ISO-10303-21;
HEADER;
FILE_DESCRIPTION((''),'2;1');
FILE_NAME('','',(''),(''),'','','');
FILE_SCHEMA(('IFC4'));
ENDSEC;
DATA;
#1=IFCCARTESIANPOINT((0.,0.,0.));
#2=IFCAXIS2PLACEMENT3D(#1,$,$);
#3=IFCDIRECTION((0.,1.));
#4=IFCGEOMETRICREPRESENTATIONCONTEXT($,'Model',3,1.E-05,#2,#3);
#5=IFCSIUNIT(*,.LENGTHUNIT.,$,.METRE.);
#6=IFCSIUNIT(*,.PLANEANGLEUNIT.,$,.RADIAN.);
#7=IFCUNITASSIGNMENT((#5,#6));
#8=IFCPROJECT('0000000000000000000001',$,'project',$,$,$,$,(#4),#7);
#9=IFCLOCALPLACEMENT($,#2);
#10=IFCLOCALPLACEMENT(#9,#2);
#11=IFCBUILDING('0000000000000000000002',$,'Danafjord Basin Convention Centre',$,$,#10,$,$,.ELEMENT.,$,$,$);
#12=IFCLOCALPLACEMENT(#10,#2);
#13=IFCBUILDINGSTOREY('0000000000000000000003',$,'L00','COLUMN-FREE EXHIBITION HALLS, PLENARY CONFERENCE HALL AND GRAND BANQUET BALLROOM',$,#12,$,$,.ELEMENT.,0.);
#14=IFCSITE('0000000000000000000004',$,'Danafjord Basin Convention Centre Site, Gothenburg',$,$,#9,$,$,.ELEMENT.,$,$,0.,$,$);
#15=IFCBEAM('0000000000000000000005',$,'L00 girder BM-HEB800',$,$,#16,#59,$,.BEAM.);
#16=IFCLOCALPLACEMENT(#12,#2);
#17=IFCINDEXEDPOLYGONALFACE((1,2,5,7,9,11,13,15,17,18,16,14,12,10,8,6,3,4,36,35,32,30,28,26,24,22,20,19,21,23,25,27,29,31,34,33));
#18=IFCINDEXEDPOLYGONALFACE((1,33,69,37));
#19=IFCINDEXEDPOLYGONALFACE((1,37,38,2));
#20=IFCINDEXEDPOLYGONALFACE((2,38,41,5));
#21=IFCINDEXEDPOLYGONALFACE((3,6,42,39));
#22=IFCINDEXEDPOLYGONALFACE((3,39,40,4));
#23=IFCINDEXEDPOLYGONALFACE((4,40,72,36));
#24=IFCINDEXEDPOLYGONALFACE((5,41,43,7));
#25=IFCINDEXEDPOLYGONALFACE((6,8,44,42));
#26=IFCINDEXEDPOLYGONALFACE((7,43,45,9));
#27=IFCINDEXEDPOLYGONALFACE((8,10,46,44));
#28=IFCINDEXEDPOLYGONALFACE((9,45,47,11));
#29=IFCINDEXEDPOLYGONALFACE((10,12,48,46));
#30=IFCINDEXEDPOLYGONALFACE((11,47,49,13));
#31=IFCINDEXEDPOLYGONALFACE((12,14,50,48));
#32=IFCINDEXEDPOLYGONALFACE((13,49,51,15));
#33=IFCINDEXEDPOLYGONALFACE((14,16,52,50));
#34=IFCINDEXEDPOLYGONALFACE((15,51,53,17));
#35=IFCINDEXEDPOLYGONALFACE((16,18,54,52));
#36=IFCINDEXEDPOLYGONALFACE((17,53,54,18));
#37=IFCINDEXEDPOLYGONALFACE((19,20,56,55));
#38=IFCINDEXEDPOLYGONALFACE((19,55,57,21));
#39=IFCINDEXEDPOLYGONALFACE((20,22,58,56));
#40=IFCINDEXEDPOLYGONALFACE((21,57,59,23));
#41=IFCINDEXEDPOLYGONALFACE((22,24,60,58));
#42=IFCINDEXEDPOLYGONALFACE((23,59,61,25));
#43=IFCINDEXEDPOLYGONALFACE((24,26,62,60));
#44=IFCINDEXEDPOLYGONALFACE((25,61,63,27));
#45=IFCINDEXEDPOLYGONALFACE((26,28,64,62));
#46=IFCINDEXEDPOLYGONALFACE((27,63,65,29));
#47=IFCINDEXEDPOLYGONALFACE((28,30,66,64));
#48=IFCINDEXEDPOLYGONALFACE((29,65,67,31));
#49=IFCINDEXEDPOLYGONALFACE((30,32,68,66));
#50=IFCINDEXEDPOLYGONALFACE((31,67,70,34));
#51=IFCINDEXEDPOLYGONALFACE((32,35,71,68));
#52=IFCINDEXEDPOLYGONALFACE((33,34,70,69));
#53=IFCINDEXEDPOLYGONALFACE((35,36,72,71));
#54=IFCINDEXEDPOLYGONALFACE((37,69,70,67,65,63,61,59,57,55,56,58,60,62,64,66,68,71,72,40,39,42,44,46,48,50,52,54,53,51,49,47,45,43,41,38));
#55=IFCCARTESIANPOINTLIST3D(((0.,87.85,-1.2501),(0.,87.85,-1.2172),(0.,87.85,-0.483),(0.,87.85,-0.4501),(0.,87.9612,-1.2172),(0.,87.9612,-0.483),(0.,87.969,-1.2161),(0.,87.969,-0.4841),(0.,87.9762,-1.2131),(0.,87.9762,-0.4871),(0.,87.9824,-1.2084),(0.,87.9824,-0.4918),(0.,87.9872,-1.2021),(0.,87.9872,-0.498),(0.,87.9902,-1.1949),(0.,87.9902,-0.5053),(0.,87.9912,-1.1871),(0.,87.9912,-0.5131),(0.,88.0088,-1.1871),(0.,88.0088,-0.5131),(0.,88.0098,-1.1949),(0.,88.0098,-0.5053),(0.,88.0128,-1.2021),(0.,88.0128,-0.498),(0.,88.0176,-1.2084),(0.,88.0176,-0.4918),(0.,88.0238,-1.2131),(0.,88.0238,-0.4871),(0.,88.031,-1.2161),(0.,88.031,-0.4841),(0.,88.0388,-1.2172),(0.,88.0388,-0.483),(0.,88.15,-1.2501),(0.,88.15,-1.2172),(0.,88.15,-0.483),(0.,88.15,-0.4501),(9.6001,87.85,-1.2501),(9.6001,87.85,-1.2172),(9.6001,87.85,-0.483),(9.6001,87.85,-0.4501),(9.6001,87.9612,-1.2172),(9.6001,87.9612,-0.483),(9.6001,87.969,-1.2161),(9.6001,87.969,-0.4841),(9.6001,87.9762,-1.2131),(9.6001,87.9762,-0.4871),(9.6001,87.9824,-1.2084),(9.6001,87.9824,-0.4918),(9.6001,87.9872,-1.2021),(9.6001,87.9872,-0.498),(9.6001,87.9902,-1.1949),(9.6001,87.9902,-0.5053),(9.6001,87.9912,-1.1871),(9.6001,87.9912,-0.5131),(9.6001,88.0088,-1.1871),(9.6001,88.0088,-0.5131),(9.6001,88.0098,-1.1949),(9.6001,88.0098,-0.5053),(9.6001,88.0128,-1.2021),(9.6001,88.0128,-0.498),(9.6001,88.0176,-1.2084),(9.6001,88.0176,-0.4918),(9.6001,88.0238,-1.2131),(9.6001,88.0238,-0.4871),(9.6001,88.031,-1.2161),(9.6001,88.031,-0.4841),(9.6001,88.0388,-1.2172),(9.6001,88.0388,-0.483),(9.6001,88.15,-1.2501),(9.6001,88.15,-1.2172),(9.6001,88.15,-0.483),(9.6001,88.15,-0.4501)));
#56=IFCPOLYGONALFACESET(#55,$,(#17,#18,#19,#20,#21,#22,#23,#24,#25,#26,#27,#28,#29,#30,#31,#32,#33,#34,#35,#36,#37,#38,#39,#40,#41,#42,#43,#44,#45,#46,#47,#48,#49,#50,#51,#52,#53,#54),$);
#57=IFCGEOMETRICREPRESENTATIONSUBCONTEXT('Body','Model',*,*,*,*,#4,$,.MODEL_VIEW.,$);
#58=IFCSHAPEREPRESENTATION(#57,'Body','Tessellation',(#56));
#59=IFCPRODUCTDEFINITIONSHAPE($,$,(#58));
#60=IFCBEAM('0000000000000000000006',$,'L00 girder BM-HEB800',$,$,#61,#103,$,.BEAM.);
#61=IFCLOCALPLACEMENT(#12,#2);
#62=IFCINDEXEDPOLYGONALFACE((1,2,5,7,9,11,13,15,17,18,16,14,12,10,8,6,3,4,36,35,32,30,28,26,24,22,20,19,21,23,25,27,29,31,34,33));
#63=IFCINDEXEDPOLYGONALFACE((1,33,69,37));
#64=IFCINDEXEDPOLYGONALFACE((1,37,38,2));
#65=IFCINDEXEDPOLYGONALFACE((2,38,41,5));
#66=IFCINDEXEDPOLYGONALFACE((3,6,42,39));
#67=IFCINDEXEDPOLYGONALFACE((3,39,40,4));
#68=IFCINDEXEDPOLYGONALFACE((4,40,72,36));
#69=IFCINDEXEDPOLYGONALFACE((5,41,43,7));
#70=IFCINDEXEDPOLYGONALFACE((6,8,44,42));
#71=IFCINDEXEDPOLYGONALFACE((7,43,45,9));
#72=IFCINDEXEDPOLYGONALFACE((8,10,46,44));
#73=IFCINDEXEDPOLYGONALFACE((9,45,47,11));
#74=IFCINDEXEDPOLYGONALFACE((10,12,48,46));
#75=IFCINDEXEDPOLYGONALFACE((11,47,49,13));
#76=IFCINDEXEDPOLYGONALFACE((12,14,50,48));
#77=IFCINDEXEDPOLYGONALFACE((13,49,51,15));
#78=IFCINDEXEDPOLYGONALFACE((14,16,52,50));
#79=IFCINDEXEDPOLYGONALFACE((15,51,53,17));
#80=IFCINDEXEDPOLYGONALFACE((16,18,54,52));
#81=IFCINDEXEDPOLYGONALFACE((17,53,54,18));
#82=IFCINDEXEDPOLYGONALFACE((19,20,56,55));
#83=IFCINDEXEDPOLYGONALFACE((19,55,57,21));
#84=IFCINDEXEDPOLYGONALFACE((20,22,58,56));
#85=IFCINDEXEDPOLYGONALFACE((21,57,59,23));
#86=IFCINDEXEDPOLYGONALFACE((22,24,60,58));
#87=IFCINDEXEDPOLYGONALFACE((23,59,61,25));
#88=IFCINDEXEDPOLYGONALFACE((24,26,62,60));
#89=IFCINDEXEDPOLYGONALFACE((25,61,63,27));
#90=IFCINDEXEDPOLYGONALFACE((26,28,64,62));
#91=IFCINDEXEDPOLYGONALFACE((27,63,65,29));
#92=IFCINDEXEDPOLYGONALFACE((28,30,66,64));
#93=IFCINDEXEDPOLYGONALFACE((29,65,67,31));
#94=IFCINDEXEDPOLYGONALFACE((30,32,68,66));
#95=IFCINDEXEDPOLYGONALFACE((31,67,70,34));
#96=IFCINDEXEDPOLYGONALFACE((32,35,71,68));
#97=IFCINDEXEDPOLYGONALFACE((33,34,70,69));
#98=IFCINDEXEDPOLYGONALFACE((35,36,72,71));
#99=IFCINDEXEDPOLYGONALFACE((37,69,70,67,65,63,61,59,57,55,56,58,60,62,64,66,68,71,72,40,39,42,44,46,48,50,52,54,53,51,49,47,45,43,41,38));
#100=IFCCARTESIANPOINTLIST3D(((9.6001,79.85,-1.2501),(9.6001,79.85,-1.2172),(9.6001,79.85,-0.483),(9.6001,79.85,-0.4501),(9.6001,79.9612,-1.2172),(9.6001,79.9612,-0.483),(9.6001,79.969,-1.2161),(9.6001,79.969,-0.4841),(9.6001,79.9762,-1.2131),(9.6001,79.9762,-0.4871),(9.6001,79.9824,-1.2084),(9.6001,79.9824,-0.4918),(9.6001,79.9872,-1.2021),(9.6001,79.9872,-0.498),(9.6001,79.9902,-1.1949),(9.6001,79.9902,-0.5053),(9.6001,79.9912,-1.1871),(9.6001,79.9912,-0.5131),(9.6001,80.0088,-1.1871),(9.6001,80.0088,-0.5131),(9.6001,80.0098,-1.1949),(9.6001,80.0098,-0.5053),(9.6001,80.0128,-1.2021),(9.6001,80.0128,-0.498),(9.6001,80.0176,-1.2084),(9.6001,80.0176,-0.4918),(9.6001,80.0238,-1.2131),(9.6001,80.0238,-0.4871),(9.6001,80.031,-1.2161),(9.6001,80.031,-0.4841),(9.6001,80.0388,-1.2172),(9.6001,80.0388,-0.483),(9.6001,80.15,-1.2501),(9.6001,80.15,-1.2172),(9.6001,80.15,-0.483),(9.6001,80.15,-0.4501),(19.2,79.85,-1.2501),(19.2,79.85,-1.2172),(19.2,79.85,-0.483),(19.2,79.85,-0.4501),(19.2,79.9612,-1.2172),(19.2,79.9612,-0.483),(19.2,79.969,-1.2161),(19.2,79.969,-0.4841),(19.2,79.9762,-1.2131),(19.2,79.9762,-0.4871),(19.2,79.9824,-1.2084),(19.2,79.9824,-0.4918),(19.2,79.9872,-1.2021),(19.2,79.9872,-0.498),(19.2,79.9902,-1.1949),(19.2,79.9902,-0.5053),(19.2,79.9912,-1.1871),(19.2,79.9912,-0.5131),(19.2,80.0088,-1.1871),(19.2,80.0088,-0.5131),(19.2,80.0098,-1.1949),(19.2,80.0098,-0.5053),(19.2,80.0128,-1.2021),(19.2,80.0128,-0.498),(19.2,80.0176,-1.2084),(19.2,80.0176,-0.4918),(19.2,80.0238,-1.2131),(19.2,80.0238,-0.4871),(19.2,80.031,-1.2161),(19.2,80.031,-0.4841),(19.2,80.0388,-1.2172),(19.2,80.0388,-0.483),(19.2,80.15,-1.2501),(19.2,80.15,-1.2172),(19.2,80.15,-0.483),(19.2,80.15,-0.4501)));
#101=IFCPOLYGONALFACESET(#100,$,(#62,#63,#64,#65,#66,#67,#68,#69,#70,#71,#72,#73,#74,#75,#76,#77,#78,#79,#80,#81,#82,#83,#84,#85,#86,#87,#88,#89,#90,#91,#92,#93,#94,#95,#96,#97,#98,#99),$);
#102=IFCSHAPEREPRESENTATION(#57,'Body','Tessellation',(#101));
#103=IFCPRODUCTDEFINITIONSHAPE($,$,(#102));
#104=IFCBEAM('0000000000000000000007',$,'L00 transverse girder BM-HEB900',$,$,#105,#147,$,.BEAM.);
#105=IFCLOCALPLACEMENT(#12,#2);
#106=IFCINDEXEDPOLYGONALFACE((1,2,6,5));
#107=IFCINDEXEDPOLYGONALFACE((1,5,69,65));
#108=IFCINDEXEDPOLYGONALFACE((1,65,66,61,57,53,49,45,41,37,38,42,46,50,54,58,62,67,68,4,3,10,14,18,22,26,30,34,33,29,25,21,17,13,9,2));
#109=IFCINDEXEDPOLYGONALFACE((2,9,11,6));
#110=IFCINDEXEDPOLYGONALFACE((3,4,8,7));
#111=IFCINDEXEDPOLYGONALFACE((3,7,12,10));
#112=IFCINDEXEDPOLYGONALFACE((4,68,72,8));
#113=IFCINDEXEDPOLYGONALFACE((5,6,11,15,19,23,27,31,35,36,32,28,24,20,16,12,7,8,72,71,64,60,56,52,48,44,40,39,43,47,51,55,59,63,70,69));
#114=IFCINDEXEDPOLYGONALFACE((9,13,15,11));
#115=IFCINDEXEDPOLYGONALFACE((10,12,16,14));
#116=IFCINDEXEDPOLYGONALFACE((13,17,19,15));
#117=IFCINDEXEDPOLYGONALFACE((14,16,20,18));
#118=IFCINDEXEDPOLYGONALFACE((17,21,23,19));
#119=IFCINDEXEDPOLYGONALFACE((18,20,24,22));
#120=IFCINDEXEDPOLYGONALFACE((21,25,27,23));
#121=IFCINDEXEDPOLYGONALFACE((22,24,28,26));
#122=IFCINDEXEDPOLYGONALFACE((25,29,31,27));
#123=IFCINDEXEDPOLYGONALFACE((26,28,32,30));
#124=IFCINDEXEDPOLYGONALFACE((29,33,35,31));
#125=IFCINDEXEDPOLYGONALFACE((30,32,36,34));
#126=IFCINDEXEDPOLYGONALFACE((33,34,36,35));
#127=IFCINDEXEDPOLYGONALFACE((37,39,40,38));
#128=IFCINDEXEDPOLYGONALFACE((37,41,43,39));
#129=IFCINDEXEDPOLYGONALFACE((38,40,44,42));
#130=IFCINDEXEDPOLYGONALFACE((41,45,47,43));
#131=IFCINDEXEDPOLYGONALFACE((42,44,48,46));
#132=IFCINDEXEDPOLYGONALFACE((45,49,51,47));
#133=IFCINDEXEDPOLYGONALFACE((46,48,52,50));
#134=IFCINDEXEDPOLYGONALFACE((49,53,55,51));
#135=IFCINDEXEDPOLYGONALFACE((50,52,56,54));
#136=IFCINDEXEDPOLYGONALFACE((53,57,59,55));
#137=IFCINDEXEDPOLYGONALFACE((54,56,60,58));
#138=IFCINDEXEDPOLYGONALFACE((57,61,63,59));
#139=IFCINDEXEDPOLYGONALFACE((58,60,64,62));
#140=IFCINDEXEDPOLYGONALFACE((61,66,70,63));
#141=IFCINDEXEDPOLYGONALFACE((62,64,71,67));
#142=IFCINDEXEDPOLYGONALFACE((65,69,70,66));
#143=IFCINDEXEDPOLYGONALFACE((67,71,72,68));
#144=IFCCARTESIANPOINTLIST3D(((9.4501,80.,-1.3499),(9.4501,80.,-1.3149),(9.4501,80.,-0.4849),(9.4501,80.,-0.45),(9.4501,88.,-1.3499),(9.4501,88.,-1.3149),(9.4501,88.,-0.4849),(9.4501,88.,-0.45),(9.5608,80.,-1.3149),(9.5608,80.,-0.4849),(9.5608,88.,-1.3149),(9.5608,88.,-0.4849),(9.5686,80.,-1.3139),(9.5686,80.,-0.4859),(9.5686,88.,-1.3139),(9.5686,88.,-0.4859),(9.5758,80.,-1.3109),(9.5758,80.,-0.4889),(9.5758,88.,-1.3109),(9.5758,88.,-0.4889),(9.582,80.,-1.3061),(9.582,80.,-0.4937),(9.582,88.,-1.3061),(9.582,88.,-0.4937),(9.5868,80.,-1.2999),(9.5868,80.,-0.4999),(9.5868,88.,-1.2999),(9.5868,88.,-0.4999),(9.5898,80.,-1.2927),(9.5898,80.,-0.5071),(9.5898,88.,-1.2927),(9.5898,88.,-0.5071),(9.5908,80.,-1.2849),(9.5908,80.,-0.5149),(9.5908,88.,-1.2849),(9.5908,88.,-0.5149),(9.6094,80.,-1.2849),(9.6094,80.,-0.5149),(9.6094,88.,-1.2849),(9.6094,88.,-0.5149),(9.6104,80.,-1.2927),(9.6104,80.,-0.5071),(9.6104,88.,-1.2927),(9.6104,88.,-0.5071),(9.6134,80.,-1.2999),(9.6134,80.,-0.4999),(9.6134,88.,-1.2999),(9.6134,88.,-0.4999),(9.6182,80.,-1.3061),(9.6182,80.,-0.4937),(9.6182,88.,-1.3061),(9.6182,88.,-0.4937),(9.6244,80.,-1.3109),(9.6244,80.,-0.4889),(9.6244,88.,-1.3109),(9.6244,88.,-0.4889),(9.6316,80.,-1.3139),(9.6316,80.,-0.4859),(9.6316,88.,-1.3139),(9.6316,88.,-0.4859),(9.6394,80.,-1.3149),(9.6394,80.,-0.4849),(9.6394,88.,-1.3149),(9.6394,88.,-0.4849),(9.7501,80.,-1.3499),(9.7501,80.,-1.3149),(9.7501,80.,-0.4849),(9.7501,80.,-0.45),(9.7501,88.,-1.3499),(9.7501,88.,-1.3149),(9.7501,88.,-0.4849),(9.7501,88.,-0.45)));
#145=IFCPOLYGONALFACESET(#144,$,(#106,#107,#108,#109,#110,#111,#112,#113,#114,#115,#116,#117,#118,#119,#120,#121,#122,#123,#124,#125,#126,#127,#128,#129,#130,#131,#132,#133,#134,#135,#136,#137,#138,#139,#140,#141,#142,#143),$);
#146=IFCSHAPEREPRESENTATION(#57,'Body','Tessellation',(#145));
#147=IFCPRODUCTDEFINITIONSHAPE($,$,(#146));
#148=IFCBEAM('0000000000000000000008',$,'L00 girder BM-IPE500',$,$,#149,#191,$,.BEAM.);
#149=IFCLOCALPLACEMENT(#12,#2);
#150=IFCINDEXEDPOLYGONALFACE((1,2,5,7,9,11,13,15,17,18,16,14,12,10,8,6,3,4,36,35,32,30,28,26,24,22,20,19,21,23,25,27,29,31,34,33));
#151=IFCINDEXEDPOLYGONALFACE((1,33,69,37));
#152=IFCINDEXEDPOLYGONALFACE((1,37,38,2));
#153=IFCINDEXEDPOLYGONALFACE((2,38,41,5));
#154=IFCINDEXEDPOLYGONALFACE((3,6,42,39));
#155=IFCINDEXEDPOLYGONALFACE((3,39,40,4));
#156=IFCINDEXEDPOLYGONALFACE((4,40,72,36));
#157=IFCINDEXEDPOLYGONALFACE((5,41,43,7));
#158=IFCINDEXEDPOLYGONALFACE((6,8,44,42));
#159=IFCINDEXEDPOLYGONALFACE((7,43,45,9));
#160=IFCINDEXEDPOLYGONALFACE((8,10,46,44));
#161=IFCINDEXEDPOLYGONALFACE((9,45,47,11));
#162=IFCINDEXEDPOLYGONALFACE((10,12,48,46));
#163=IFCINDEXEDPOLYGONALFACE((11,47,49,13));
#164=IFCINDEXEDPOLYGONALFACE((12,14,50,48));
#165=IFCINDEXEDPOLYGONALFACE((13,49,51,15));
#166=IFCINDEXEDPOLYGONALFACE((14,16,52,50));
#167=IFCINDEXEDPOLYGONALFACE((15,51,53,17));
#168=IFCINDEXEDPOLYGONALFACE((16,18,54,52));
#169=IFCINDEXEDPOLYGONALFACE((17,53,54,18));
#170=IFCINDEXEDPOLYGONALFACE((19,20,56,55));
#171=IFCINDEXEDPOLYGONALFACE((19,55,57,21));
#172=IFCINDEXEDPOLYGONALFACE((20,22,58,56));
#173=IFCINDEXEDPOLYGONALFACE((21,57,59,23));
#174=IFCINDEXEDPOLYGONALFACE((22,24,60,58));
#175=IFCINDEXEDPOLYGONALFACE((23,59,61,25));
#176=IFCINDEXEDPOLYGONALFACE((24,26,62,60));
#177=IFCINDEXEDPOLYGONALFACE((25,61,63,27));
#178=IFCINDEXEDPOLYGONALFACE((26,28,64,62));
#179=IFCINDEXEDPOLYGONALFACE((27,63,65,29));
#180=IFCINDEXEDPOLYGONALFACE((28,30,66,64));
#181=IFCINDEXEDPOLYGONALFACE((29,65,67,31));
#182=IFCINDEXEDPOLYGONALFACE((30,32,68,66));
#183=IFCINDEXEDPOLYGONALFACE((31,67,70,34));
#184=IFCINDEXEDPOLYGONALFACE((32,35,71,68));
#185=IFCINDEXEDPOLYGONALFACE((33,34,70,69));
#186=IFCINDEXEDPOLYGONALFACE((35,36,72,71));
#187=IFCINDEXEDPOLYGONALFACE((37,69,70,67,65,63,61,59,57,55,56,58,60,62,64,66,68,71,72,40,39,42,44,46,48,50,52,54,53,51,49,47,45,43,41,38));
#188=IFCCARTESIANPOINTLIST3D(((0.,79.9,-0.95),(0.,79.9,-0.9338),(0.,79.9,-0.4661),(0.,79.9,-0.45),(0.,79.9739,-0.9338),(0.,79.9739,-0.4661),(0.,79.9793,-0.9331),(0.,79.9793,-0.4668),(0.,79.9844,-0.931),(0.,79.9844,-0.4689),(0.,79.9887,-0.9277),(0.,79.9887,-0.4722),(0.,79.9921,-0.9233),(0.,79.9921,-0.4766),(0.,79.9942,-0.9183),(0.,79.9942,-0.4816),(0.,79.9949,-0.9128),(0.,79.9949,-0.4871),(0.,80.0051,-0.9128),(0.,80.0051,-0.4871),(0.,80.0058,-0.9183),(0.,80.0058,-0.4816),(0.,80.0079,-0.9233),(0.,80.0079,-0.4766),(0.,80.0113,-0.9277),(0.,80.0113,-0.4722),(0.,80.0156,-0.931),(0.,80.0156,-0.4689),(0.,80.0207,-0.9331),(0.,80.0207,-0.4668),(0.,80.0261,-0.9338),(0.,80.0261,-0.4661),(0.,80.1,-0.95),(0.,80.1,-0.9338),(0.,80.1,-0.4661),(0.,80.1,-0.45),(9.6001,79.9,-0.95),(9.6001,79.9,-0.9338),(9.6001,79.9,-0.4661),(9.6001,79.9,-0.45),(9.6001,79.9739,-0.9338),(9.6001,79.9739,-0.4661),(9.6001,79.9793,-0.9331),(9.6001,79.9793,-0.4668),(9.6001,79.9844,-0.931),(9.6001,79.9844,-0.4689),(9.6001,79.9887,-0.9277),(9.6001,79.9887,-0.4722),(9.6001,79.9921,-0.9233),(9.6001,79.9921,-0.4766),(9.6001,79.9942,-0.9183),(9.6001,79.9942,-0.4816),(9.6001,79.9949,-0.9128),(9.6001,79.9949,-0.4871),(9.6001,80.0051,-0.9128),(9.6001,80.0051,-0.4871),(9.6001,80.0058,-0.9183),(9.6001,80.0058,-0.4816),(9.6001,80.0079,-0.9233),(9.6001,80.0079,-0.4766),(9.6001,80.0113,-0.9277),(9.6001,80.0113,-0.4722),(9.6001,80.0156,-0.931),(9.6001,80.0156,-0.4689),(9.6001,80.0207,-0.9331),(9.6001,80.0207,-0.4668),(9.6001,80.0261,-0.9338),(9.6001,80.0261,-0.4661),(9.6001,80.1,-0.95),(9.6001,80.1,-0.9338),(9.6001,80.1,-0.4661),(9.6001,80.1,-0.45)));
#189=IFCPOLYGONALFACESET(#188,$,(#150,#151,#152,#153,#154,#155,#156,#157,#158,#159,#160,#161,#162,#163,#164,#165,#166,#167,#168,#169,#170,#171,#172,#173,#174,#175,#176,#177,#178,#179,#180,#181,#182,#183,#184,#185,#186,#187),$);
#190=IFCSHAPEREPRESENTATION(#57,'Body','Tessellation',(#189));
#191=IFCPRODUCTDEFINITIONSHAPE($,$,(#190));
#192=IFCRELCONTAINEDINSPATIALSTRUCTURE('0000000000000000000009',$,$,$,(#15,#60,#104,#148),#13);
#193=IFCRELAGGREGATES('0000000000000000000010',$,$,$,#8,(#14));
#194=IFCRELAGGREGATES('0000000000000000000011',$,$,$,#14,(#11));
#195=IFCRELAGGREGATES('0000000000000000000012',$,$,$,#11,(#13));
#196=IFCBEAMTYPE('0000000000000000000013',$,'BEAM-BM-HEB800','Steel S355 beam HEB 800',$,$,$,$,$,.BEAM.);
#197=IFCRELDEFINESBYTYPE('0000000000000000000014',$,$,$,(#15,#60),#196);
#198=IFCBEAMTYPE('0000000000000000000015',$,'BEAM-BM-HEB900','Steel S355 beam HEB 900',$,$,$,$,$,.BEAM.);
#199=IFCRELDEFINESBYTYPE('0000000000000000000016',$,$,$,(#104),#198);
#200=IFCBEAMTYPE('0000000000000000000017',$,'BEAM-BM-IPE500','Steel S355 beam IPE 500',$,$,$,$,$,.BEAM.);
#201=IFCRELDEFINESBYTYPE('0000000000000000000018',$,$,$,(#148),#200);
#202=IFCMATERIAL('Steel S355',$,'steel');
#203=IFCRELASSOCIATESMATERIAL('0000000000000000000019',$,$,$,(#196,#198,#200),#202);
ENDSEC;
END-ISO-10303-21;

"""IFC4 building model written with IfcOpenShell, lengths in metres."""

from ifc_helpers import new_model, si_unit, direction, frame, origin, origin_2d, place, context, subcontext, project, spatial, i_section, extrude, material, material_profile, profile_set, type_object, element, save


model = new_model("IFC4")

# Units and contexts
model_context = context("Model", 3, precision=1e-05, world=origin(), true_north=direction((0.0, 1.0)))
body_context = subcontext(model_context, "Body", "Model", "MODEL_VIEW")
ifc_project = project(units=[si_unit("LENGTHUNIT", "METRE"), si_unit("PLANEANGLEUNIT", "RADIAN")], contexts=[model_context])

# Site, building, storey
site_placement = place(None, origin())
site = spatial("IfcSite", under=ifc_project, at=site_placement, Name="Danafjord Basin Convention Centre Site, Gothenburg", CompositionType="ELEMENT", RefElevation=0.0)
building_placement = place(site_placement, origin())
building = spatial("IfcBuilding", under=site, at=building_placement, Name="Danafjord Basin Convention Centre", CompositionType="ELEMENT")
storey_placement = place(building_placement, origin())
storey = spatial("IfcBuildingStorey", under=building, at=storey_placement, Name="L00", Description="COLUMN-FREE EXHIBITION HALLS, PLENARY CONFERENCE HALL AND GRAND BANQUET BALLROOM", CompositionType="ELEMENT", Elevation=0.0)

# Beams
ifc_material_1 = material(Name="Steel S355", Category="steel")
ifc_material_profile_1 = material_profile(ifc_material_1, i_section(OverallWidth=0.3, OverallDepth=0.8, WebThickness=0.0176, FlangeThickness=0.033, FilletRadius=0.03, at=origin_2d()), Name="HEB 800")
ifc_profile_set_1 = profile_set([ifc_material_profile_1], Name="Steel S355")
beam_type_1 = type_object("IfcBeamType", Name="BEAM-BM-HEB800", Description="Steel S355 beam HEB 800", PredefinedType="BEAM", material=ifc_profile_set_1)
beam_1_placement = place(storey_placement, frame((0.0, 88.0, -0.8501), z_axis=(1.0, 0.0, 0.0), x_axis=(0.0, 1.0, 0.0)))
element("IfcBeam", 1, at=beam_1_placement, inside=storey, type_object=beam_type_1, Name="L00 girder BM-HEB800", PredefinedType="BEAM", context=body_context, shape_type="SweptSolid", body=[
    extrude(i_section(OverallWidth=0.3, OverallDepth=0.8, WebThickness=0.0176, FlangeThickness=0.033, FilletRadius=0.03, at=origin_2d()), origin(), (0.0, 0.0, 1.0), 9.6001),
])
beam_2_placement = place(storey_placement, frame((9.6001, 80.0, -0.8501), z_axis=(1.0, 0.0, 0.0), x_axis=(0.0, 1.0, 0.0)))
element("IfcBeam", 2, at=beam_2_placement, inside=storey, type_object=beam_type_1, Name="L00 girder BM-HEB800", PredefinedType="BEAM", context=body_context, shape_type="SweptSolid", body=[
    extrude(i_section(OverallWidth=0.3, OverallDepth=0.8, WebThickness=0.0176, FlangeThickness=0.033, FilletRadius=0.03, at=origin_2d()), origin(), (0.0, 0.0, 1.0), 9.5999),
])
ifc_material_profile_2 = material_profile(ifc_material_1, i_section(OverallWidth=0.3, OverallDepth=0.8999, WebThickness=0.0186, FlangeThickness=0.0349, FilletRadius=0.03, at=origin_2d()), Name="HEB 900")
ifc_profile_set_2 = profile_set([ifc_material_profile_2], Name="Steel S355")
beam_type_2 = type_object("IfcBeamType", Name="BEAM-BM-HEB900", Description="Steel S355 beam HEB 900", PredefinedType="BEAM", material=ifc_profile_set_2)
beam_3_placement = place(storey_placement, frame((9.6001, 80.0, -0.8999), z_axis=(0.0, 1.0, 0.0), x_axis=(-1.0, 0.0, 0.0)))
element("IfcBeam", 3, at=beam_3_placement, inside=storey, type_object=beam_type_2, Name="L00 transverse girder BM-HEB900", PredefinedType="BEAM", context=body_context, shape_type="SweptSolid", body=[
    extrude(i_section(OverallWidth=0.3, OverallDepth=0.8999, WebThickness=0.0186, FlangeThickness=0.0349, FilletRadius=0.03, at=origin_2d()), origin(), (0.0, 0.0, 1.0), 8.0),
])
ifc_material_profile_3 = material_profile(ifc_material_1, i_section(OverallWidth=0.2, OverallDepth=0.5, WebThickness=0.0103, FlangeThickness=0.0161, FilletRadius=0.021, at=origin_2d()), Name="IPE 500")
ifc_profile_set_3 = profile_set([ifc_material_profile_3], Name="Steel S355")
beam_type_3 = type_object("IfcBeamType", Name="BEAM-BM-IPE500", Description="Steel S355 beam IPE 500", PredefinedType="BEAM", material=ifc_profile_set_3)
beam_4_placement = place(storey_placement, frame((0.0, 80.0, -0.7), z_axis=(1.0, 0.0, 0.0), x_axis=(0.0, 1.0, 0.0)))
element("IfcBeam", 4, at=beam_4_placement, inside=storey, type_object=beam_type_3, Name="L00 girder BM-IPE500", PredefinedType="BEAM", context=body_context, shape_type="SweptSolid", body=[
    extrude(i_section(OverallWidth=0.2, OverallDepth=0.5, WebThickness=0.0103, FlangeThickness=0.0161, FilletRadius=0.021, at=origin_2d()), origin(), (0.0, 0.0, 1.0), 9.6001),
])

save(model, "model.ifc")
